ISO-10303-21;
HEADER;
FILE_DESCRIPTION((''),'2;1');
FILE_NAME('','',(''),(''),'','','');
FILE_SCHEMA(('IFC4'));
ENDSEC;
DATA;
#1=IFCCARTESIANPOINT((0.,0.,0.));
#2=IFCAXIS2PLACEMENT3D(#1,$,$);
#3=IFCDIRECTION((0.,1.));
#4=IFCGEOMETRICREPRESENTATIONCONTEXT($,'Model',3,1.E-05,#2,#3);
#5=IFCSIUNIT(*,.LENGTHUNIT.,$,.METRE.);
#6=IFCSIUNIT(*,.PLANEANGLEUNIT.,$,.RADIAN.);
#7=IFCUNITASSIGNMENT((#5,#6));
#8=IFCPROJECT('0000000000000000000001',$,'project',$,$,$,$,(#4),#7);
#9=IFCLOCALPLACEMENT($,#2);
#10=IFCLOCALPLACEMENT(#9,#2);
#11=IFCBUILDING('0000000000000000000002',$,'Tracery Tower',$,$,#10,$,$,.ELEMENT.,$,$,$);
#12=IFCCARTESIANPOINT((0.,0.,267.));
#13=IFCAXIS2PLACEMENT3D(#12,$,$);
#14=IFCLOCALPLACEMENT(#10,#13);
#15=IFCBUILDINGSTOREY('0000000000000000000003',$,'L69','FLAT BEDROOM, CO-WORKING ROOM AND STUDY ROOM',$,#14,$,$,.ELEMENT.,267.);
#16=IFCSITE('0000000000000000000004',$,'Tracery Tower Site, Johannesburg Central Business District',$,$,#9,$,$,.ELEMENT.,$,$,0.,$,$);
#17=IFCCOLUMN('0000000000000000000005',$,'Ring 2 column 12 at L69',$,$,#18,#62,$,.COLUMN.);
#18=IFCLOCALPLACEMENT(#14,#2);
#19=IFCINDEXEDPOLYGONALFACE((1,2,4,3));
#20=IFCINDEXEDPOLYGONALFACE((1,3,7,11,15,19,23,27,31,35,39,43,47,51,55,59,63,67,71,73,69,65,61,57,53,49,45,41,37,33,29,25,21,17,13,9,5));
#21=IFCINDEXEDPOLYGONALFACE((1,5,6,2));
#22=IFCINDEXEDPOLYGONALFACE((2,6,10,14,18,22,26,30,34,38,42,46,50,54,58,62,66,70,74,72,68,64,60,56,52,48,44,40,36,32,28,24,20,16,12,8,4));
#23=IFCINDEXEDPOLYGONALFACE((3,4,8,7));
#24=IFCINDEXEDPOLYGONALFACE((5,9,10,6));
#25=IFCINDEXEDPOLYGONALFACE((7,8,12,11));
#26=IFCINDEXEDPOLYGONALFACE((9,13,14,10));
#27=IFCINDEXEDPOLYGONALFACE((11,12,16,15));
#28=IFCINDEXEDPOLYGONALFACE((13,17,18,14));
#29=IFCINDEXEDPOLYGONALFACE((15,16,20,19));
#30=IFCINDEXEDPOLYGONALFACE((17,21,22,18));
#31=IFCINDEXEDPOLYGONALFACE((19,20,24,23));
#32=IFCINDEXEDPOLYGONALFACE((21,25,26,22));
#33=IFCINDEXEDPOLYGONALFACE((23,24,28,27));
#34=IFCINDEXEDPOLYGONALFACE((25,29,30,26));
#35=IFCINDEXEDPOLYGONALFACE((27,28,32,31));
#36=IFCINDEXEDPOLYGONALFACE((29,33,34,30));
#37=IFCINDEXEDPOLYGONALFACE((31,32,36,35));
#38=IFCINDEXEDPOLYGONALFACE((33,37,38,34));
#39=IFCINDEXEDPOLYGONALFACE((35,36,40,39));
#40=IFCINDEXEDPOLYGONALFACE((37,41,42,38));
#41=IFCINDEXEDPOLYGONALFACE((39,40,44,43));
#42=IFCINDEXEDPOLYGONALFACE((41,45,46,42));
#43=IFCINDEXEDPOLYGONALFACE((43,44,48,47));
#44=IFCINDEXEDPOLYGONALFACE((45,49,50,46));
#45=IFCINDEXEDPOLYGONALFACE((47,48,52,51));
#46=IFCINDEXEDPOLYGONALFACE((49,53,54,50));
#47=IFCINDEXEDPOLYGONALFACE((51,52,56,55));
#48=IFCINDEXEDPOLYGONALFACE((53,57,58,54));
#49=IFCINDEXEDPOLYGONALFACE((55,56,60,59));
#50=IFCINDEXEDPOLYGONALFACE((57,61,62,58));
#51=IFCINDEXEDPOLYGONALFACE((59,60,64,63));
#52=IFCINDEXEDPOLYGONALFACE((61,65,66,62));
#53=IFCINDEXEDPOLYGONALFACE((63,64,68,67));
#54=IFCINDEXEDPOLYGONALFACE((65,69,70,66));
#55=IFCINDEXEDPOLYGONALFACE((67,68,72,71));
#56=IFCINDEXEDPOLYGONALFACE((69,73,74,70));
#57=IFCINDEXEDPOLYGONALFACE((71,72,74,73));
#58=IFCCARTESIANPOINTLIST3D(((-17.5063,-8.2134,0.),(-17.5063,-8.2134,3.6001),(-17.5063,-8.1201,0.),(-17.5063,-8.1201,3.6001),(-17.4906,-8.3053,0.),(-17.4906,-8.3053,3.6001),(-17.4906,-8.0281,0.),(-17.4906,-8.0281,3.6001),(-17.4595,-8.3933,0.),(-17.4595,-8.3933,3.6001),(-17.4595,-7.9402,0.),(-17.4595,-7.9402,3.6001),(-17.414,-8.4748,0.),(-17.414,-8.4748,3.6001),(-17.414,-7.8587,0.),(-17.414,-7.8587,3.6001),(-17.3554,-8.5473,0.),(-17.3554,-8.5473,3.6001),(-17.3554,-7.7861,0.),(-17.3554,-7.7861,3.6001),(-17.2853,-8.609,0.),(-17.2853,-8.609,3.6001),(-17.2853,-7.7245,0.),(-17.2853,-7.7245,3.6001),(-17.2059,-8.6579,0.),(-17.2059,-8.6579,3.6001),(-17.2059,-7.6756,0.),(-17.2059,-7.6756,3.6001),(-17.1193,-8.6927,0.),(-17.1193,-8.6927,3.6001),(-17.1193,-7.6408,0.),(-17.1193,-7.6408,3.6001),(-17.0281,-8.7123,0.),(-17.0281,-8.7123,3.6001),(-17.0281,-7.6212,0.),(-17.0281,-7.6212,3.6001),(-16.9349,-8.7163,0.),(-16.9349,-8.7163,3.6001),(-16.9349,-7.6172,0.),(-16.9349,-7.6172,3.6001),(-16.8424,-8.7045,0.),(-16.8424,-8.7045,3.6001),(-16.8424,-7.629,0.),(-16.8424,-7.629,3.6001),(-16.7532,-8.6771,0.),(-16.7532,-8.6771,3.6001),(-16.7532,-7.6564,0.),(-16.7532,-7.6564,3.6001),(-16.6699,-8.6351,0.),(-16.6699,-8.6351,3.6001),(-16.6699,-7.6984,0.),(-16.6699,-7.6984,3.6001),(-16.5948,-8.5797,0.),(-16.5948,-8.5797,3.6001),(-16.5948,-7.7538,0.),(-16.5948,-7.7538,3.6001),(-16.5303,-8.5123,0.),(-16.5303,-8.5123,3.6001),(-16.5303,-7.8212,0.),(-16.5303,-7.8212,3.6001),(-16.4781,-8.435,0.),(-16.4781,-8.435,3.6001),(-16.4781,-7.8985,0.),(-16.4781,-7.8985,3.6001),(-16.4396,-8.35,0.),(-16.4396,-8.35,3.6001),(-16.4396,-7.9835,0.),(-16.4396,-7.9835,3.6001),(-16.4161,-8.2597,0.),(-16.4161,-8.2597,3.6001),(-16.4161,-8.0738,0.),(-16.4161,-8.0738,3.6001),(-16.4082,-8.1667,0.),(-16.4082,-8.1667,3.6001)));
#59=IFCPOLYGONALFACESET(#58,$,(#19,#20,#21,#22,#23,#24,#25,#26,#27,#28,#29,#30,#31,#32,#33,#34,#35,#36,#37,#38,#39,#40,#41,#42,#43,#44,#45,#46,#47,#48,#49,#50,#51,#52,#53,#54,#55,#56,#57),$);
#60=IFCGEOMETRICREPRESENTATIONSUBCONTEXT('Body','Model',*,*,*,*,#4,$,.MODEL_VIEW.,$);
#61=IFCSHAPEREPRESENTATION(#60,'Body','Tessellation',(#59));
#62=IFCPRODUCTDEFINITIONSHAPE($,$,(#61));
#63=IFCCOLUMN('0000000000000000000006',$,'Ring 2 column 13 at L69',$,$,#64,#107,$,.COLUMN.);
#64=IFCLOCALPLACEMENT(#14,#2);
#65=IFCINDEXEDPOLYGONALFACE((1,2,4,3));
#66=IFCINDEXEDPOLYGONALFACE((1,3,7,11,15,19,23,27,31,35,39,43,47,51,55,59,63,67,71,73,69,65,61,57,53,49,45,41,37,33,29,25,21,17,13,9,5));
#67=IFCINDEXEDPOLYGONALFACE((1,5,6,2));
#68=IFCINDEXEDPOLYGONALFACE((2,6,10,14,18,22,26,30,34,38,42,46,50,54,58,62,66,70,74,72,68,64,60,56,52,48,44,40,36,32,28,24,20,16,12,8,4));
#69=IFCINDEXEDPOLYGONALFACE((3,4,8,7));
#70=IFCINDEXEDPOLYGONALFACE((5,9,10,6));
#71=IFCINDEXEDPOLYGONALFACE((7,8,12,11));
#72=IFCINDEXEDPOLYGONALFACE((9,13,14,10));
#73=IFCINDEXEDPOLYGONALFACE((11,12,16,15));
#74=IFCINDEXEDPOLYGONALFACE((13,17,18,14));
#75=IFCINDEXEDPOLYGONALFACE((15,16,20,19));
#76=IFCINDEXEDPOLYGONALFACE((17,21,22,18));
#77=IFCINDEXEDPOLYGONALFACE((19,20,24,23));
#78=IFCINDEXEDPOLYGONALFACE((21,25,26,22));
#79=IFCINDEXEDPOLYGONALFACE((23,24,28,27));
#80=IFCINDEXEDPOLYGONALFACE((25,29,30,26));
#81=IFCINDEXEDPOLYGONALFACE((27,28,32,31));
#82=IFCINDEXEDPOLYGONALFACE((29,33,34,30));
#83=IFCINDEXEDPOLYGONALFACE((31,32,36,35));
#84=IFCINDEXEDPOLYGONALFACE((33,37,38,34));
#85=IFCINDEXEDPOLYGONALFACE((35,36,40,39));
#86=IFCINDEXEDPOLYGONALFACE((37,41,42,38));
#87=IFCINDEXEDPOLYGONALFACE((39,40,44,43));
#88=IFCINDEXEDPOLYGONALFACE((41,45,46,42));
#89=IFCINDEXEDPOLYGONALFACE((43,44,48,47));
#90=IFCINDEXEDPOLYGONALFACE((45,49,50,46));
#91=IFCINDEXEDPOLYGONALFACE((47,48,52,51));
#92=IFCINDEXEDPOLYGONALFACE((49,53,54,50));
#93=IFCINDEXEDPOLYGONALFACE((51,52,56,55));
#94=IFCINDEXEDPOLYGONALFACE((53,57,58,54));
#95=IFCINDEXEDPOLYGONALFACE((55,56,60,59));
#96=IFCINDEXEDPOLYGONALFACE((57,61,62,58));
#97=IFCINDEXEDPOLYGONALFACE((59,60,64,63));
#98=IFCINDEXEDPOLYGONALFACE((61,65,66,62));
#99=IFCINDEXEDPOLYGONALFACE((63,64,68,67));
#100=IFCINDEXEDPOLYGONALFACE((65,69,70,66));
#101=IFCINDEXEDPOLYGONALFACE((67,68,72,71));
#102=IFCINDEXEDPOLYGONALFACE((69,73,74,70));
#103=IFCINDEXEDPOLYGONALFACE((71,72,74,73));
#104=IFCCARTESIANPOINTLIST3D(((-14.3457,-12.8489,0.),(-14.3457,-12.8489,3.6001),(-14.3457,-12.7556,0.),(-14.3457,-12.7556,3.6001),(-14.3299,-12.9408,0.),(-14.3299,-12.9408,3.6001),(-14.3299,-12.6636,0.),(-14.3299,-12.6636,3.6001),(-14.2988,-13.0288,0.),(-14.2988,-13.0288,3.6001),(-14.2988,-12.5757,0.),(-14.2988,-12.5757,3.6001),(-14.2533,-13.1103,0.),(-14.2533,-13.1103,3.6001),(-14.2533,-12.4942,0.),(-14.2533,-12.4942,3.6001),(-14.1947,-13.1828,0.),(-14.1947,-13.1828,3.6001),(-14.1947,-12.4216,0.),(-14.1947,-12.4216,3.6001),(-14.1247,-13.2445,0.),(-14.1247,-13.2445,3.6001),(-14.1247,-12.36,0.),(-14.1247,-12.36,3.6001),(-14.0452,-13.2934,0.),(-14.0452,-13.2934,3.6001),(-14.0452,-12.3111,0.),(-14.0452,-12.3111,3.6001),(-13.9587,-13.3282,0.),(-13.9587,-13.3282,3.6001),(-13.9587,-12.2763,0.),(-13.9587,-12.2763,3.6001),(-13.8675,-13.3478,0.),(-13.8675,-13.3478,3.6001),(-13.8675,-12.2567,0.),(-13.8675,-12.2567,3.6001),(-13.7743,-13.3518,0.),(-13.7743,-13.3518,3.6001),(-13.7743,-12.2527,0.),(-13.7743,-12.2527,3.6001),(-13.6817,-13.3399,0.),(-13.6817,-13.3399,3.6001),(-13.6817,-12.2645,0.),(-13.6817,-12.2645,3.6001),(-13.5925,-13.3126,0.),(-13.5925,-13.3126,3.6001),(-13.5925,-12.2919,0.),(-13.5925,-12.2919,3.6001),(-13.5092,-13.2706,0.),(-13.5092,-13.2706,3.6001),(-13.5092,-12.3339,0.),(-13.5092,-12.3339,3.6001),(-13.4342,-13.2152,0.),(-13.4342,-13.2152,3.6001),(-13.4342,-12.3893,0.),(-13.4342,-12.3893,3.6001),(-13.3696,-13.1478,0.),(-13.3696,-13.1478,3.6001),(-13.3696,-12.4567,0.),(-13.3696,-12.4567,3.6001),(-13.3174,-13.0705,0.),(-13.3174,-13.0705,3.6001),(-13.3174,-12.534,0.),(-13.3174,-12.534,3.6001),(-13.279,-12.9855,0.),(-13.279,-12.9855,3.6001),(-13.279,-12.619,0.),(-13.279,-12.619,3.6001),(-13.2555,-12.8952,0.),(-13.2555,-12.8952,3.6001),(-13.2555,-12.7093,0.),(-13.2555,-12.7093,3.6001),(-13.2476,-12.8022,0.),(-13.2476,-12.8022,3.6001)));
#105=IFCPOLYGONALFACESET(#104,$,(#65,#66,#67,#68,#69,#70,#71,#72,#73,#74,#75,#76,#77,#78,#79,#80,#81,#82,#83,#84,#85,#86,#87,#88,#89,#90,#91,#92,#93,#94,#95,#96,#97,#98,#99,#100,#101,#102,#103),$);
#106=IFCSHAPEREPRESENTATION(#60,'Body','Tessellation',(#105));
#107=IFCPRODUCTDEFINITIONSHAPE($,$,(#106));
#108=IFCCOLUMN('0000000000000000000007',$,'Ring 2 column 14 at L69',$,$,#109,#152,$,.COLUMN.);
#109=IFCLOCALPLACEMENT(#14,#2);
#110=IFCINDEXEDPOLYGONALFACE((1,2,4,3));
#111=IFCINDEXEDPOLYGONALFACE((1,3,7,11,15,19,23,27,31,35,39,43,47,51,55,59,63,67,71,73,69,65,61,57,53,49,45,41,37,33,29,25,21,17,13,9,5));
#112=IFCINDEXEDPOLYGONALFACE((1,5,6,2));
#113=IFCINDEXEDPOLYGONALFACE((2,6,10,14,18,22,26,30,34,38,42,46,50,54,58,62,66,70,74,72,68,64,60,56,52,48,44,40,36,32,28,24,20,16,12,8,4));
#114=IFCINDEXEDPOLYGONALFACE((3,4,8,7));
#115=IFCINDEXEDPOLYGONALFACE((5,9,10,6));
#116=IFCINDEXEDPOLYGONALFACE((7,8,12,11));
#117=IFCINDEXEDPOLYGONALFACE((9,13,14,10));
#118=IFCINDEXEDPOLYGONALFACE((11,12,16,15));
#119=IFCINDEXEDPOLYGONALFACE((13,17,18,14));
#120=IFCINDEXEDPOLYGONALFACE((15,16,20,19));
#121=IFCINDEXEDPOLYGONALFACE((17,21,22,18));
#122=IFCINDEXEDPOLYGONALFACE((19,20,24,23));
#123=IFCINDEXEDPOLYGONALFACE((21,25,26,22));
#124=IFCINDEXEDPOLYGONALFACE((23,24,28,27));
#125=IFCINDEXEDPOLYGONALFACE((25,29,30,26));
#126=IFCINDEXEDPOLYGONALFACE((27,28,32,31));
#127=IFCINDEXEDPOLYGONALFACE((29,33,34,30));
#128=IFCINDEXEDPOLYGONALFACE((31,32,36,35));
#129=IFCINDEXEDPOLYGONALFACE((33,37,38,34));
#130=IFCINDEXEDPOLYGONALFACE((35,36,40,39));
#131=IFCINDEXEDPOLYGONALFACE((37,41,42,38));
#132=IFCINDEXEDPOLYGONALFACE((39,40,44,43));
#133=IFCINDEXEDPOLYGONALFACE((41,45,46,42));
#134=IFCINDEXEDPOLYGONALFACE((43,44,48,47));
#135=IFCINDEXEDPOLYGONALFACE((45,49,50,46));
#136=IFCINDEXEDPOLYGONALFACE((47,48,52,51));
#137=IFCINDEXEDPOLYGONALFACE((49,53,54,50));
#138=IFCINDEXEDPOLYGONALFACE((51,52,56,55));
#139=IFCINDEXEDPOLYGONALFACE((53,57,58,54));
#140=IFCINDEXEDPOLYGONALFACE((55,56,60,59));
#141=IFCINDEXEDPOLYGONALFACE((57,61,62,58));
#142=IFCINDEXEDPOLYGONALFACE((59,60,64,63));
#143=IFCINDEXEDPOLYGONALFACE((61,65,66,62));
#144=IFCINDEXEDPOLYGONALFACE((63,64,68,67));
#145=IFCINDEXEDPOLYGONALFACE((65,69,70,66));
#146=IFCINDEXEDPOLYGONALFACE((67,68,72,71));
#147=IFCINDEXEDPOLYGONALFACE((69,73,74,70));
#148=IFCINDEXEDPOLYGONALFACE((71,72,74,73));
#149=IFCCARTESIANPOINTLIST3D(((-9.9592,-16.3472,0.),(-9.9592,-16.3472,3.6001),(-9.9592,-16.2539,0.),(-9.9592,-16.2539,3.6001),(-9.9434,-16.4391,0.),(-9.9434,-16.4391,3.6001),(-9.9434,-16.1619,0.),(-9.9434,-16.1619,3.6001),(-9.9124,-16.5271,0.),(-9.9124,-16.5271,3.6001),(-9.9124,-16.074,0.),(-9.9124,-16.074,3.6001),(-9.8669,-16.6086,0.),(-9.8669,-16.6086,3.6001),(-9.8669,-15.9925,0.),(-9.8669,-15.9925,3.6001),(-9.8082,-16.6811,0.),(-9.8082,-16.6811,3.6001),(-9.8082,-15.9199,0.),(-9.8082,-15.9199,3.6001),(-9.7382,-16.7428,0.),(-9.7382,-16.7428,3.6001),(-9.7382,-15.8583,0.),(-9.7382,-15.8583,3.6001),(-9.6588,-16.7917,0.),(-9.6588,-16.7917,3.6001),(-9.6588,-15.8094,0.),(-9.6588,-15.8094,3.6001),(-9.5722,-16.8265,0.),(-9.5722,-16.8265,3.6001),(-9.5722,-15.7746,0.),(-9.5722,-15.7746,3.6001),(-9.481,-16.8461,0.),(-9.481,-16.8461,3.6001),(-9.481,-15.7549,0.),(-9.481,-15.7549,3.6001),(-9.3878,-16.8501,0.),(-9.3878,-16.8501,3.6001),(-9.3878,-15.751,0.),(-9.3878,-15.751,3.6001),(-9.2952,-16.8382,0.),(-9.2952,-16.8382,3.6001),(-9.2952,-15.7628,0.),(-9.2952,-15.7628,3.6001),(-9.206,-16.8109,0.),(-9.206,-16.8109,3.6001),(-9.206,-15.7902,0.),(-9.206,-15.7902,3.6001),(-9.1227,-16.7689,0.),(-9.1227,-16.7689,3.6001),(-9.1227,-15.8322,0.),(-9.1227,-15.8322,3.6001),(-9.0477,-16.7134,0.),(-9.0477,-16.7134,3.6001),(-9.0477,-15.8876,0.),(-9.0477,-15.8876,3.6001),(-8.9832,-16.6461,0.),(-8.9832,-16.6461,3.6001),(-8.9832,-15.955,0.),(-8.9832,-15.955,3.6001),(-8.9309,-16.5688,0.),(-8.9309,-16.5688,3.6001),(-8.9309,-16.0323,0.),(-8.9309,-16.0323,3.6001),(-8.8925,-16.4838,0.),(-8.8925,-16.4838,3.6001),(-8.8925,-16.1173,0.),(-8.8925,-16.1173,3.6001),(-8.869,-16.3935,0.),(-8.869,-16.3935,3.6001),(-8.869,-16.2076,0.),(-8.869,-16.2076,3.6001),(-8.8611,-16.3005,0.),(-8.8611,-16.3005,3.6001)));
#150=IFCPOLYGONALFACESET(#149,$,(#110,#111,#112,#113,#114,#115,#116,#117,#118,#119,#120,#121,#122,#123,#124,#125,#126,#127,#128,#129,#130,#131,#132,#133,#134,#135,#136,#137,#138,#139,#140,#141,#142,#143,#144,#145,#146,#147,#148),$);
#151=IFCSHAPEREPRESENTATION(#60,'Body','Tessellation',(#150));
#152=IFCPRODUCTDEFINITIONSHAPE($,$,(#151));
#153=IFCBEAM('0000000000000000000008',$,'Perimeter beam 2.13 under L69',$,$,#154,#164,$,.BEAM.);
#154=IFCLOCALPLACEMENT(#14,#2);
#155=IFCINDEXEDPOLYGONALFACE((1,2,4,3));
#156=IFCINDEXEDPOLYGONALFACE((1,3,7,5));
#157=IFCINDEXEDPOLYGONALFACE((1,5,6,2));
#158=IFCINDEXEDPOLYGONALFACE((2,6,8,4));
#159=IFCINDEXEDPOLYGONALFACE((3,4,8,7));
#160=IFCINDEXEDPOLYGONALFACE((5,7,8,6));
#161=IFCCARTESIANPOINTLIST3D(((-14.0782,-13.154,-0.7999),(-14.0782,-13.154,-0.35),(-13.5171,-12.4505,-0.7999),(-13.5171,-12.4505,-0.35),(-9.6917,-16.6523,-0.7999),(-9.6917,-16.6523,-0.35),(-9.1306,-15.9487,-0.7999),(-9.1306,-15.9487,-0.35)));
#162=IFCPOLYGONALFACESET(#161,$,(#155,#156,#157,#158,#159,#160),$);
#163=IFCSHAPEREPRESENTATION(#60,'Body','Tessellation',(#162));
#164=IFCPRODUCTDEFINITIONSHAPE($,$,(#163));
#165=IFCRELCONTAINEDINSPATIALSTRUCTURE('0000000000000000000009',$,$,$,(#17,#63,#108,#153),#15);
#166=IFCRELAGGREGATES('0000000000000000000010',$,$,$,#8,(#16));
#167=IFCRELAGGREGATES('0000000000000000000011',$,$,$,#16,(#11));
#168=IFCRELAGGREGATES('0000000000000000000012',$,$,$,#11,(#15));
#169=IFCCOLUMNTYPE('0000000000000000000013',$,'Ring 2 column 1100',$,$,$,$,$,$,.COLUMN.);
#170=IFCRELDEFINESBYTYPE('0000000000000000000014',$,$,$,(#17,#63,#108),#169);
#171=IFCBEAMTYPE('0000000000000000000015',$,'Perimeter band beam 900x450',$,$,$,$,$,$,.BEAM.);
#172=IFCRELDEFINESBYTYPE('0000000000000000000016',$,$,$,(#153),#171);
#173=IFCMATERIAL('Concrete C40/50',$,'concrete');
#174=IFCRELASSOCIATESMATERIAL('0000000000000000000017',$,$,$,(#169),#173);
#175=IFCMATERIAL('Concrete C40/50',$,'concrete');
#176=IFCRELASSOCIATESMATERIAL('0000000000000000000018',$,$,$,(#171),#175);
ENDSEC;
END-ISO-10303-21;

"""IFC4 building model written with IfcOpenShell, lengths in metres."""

from ifc_helpers import new_model, si_unit, direction, frame, origin, origin_2d, place, context, subcontext, project, spatial, rectangle, circle, extrude, material, material_profile, profile_set, type_object, element, save


model = new_model("IFC4")

# Units and contexts
model_context = context("Model", 3, precision=1e-05, world=origin(), true_north=direction((0.0, 1.0)))
body_context = subcontext(model_context, "Body", "Model", "MODEL_VIEW")
ifc_project = project(units=[si_unit("LENGTHUNIT", "METRE"), si_unit("PLANEANGLEUNIT", "RADIAN")], contexts=[model_context])

# Site, building, storey
site_placement = place(None, origin())
site = spatial("IfcSite", under=ifc_project, at=site_placement, Name="Tracery Tower Site, Johannesburg Central Business District", CompositionType="ELEMENT", RefElevation=0.0)
building_placement = place(site_placement, origin())
building = spatial("IfcBuilding", under=site, at=building_placement, Name="Tracery Tower", CompositionType="ELEMENT")
storey_placement = place(building_placement, frame((0.0, 0.0, 267.0)))
storey = spatial("IfcBuildingStorey", under=building, at=storey_placement, Name="L69", Description="FLAT BEDROOM, CO-WORKING ROOM AND STUDY ROOM", CompositionType="ELEMENT", Elevation=267.0)

# Columns
ifc_material_1 = material(Name="Concrete C40/50", Category="concrete")
ifc_material_profile_1 = material_profile(ifc_material_1, circle(Radius=0.55, at=origin_2d()), Name="RC D1100")
ifc_profile_set_1 = profile_set([ifc_material_profile_1], Name="Concrete C40/50")
column_type = type_object("IfcColumnType", Name="Ring 2 column 1100", PredefinedType="COLUMN", material=ifc_profile_set_1)
for number, where, z_axis, x_axis, name in (
    (1, (-16.9583, -8.1667, 0.0), (0.0, 0.0, 1.0), (1.0, 0.0, 0.0), "Ring 2 column 12 at L69"),
    (2, (-13.7976, -12.8022, 0.0), (0.0, 0.0, 1.0), (1.0, 0.0, 0.0), "Ring 2 column 13 at L69"),
    (3, (-9.4111, -16.3005, 0.0), (0.0, 0.0, 1.0), (1.0, 0.0, 0.0), "Ring 2 column 14 at L69"),
):
    element("IfcColumn", number, at=place(storey_placement, frame(where, z_axis=z_axis, x_axis=x_axis)), inside=storey, type_object=column_type, Name=name, PredefinedType="COLUMN", context=body_context, shape_type="SweptSolid", body=[
        extrude(circle(Radius=0.55, at=origin_2d()), origin(), (0.0, 0.0, 1.0), 3.6001),
    ])

# Beam
ifc_material_2 = material(Name="Concrete C40/50", Category="concrete")
ifc_material_profile_2 = material_profile(ifc_material_2, rectangle(XDim=0.8999, YDim=0.45, at=origin_2d()), Name="RC 900x450")
ifc_profile_set_2 = profile_set([ifc_material_profile_2], Name="Concrete C40/50")
beam_type = type_object("IfcBeamType", Name="Perimeter band beam 900x450", PredefinedType="BEAM", material=ifc_profile_set_2)
beam_placement = place(storey_placement, frame((-13.7976, -12.8022, -0.575), z_axis=(0.781815, -0.623511, 0.0), x_axis=(0.623511, 0.781815, 0.0)))
element("IfcBeam", 4, at=beam_placement, inside=storey, type_object=beam_type, Name="Perimeter beam 2.13 under L69", PredefinedType="BEAM", context=body_context, shape_type="SweptSolid", body=[
    extrude(rectangle(XDim=0.8999, YDim=0.45, at=origin_2d()), origin(), (0.0, 0.0, 1.0), 5.6106),
])

save(model, "model.ifc")
